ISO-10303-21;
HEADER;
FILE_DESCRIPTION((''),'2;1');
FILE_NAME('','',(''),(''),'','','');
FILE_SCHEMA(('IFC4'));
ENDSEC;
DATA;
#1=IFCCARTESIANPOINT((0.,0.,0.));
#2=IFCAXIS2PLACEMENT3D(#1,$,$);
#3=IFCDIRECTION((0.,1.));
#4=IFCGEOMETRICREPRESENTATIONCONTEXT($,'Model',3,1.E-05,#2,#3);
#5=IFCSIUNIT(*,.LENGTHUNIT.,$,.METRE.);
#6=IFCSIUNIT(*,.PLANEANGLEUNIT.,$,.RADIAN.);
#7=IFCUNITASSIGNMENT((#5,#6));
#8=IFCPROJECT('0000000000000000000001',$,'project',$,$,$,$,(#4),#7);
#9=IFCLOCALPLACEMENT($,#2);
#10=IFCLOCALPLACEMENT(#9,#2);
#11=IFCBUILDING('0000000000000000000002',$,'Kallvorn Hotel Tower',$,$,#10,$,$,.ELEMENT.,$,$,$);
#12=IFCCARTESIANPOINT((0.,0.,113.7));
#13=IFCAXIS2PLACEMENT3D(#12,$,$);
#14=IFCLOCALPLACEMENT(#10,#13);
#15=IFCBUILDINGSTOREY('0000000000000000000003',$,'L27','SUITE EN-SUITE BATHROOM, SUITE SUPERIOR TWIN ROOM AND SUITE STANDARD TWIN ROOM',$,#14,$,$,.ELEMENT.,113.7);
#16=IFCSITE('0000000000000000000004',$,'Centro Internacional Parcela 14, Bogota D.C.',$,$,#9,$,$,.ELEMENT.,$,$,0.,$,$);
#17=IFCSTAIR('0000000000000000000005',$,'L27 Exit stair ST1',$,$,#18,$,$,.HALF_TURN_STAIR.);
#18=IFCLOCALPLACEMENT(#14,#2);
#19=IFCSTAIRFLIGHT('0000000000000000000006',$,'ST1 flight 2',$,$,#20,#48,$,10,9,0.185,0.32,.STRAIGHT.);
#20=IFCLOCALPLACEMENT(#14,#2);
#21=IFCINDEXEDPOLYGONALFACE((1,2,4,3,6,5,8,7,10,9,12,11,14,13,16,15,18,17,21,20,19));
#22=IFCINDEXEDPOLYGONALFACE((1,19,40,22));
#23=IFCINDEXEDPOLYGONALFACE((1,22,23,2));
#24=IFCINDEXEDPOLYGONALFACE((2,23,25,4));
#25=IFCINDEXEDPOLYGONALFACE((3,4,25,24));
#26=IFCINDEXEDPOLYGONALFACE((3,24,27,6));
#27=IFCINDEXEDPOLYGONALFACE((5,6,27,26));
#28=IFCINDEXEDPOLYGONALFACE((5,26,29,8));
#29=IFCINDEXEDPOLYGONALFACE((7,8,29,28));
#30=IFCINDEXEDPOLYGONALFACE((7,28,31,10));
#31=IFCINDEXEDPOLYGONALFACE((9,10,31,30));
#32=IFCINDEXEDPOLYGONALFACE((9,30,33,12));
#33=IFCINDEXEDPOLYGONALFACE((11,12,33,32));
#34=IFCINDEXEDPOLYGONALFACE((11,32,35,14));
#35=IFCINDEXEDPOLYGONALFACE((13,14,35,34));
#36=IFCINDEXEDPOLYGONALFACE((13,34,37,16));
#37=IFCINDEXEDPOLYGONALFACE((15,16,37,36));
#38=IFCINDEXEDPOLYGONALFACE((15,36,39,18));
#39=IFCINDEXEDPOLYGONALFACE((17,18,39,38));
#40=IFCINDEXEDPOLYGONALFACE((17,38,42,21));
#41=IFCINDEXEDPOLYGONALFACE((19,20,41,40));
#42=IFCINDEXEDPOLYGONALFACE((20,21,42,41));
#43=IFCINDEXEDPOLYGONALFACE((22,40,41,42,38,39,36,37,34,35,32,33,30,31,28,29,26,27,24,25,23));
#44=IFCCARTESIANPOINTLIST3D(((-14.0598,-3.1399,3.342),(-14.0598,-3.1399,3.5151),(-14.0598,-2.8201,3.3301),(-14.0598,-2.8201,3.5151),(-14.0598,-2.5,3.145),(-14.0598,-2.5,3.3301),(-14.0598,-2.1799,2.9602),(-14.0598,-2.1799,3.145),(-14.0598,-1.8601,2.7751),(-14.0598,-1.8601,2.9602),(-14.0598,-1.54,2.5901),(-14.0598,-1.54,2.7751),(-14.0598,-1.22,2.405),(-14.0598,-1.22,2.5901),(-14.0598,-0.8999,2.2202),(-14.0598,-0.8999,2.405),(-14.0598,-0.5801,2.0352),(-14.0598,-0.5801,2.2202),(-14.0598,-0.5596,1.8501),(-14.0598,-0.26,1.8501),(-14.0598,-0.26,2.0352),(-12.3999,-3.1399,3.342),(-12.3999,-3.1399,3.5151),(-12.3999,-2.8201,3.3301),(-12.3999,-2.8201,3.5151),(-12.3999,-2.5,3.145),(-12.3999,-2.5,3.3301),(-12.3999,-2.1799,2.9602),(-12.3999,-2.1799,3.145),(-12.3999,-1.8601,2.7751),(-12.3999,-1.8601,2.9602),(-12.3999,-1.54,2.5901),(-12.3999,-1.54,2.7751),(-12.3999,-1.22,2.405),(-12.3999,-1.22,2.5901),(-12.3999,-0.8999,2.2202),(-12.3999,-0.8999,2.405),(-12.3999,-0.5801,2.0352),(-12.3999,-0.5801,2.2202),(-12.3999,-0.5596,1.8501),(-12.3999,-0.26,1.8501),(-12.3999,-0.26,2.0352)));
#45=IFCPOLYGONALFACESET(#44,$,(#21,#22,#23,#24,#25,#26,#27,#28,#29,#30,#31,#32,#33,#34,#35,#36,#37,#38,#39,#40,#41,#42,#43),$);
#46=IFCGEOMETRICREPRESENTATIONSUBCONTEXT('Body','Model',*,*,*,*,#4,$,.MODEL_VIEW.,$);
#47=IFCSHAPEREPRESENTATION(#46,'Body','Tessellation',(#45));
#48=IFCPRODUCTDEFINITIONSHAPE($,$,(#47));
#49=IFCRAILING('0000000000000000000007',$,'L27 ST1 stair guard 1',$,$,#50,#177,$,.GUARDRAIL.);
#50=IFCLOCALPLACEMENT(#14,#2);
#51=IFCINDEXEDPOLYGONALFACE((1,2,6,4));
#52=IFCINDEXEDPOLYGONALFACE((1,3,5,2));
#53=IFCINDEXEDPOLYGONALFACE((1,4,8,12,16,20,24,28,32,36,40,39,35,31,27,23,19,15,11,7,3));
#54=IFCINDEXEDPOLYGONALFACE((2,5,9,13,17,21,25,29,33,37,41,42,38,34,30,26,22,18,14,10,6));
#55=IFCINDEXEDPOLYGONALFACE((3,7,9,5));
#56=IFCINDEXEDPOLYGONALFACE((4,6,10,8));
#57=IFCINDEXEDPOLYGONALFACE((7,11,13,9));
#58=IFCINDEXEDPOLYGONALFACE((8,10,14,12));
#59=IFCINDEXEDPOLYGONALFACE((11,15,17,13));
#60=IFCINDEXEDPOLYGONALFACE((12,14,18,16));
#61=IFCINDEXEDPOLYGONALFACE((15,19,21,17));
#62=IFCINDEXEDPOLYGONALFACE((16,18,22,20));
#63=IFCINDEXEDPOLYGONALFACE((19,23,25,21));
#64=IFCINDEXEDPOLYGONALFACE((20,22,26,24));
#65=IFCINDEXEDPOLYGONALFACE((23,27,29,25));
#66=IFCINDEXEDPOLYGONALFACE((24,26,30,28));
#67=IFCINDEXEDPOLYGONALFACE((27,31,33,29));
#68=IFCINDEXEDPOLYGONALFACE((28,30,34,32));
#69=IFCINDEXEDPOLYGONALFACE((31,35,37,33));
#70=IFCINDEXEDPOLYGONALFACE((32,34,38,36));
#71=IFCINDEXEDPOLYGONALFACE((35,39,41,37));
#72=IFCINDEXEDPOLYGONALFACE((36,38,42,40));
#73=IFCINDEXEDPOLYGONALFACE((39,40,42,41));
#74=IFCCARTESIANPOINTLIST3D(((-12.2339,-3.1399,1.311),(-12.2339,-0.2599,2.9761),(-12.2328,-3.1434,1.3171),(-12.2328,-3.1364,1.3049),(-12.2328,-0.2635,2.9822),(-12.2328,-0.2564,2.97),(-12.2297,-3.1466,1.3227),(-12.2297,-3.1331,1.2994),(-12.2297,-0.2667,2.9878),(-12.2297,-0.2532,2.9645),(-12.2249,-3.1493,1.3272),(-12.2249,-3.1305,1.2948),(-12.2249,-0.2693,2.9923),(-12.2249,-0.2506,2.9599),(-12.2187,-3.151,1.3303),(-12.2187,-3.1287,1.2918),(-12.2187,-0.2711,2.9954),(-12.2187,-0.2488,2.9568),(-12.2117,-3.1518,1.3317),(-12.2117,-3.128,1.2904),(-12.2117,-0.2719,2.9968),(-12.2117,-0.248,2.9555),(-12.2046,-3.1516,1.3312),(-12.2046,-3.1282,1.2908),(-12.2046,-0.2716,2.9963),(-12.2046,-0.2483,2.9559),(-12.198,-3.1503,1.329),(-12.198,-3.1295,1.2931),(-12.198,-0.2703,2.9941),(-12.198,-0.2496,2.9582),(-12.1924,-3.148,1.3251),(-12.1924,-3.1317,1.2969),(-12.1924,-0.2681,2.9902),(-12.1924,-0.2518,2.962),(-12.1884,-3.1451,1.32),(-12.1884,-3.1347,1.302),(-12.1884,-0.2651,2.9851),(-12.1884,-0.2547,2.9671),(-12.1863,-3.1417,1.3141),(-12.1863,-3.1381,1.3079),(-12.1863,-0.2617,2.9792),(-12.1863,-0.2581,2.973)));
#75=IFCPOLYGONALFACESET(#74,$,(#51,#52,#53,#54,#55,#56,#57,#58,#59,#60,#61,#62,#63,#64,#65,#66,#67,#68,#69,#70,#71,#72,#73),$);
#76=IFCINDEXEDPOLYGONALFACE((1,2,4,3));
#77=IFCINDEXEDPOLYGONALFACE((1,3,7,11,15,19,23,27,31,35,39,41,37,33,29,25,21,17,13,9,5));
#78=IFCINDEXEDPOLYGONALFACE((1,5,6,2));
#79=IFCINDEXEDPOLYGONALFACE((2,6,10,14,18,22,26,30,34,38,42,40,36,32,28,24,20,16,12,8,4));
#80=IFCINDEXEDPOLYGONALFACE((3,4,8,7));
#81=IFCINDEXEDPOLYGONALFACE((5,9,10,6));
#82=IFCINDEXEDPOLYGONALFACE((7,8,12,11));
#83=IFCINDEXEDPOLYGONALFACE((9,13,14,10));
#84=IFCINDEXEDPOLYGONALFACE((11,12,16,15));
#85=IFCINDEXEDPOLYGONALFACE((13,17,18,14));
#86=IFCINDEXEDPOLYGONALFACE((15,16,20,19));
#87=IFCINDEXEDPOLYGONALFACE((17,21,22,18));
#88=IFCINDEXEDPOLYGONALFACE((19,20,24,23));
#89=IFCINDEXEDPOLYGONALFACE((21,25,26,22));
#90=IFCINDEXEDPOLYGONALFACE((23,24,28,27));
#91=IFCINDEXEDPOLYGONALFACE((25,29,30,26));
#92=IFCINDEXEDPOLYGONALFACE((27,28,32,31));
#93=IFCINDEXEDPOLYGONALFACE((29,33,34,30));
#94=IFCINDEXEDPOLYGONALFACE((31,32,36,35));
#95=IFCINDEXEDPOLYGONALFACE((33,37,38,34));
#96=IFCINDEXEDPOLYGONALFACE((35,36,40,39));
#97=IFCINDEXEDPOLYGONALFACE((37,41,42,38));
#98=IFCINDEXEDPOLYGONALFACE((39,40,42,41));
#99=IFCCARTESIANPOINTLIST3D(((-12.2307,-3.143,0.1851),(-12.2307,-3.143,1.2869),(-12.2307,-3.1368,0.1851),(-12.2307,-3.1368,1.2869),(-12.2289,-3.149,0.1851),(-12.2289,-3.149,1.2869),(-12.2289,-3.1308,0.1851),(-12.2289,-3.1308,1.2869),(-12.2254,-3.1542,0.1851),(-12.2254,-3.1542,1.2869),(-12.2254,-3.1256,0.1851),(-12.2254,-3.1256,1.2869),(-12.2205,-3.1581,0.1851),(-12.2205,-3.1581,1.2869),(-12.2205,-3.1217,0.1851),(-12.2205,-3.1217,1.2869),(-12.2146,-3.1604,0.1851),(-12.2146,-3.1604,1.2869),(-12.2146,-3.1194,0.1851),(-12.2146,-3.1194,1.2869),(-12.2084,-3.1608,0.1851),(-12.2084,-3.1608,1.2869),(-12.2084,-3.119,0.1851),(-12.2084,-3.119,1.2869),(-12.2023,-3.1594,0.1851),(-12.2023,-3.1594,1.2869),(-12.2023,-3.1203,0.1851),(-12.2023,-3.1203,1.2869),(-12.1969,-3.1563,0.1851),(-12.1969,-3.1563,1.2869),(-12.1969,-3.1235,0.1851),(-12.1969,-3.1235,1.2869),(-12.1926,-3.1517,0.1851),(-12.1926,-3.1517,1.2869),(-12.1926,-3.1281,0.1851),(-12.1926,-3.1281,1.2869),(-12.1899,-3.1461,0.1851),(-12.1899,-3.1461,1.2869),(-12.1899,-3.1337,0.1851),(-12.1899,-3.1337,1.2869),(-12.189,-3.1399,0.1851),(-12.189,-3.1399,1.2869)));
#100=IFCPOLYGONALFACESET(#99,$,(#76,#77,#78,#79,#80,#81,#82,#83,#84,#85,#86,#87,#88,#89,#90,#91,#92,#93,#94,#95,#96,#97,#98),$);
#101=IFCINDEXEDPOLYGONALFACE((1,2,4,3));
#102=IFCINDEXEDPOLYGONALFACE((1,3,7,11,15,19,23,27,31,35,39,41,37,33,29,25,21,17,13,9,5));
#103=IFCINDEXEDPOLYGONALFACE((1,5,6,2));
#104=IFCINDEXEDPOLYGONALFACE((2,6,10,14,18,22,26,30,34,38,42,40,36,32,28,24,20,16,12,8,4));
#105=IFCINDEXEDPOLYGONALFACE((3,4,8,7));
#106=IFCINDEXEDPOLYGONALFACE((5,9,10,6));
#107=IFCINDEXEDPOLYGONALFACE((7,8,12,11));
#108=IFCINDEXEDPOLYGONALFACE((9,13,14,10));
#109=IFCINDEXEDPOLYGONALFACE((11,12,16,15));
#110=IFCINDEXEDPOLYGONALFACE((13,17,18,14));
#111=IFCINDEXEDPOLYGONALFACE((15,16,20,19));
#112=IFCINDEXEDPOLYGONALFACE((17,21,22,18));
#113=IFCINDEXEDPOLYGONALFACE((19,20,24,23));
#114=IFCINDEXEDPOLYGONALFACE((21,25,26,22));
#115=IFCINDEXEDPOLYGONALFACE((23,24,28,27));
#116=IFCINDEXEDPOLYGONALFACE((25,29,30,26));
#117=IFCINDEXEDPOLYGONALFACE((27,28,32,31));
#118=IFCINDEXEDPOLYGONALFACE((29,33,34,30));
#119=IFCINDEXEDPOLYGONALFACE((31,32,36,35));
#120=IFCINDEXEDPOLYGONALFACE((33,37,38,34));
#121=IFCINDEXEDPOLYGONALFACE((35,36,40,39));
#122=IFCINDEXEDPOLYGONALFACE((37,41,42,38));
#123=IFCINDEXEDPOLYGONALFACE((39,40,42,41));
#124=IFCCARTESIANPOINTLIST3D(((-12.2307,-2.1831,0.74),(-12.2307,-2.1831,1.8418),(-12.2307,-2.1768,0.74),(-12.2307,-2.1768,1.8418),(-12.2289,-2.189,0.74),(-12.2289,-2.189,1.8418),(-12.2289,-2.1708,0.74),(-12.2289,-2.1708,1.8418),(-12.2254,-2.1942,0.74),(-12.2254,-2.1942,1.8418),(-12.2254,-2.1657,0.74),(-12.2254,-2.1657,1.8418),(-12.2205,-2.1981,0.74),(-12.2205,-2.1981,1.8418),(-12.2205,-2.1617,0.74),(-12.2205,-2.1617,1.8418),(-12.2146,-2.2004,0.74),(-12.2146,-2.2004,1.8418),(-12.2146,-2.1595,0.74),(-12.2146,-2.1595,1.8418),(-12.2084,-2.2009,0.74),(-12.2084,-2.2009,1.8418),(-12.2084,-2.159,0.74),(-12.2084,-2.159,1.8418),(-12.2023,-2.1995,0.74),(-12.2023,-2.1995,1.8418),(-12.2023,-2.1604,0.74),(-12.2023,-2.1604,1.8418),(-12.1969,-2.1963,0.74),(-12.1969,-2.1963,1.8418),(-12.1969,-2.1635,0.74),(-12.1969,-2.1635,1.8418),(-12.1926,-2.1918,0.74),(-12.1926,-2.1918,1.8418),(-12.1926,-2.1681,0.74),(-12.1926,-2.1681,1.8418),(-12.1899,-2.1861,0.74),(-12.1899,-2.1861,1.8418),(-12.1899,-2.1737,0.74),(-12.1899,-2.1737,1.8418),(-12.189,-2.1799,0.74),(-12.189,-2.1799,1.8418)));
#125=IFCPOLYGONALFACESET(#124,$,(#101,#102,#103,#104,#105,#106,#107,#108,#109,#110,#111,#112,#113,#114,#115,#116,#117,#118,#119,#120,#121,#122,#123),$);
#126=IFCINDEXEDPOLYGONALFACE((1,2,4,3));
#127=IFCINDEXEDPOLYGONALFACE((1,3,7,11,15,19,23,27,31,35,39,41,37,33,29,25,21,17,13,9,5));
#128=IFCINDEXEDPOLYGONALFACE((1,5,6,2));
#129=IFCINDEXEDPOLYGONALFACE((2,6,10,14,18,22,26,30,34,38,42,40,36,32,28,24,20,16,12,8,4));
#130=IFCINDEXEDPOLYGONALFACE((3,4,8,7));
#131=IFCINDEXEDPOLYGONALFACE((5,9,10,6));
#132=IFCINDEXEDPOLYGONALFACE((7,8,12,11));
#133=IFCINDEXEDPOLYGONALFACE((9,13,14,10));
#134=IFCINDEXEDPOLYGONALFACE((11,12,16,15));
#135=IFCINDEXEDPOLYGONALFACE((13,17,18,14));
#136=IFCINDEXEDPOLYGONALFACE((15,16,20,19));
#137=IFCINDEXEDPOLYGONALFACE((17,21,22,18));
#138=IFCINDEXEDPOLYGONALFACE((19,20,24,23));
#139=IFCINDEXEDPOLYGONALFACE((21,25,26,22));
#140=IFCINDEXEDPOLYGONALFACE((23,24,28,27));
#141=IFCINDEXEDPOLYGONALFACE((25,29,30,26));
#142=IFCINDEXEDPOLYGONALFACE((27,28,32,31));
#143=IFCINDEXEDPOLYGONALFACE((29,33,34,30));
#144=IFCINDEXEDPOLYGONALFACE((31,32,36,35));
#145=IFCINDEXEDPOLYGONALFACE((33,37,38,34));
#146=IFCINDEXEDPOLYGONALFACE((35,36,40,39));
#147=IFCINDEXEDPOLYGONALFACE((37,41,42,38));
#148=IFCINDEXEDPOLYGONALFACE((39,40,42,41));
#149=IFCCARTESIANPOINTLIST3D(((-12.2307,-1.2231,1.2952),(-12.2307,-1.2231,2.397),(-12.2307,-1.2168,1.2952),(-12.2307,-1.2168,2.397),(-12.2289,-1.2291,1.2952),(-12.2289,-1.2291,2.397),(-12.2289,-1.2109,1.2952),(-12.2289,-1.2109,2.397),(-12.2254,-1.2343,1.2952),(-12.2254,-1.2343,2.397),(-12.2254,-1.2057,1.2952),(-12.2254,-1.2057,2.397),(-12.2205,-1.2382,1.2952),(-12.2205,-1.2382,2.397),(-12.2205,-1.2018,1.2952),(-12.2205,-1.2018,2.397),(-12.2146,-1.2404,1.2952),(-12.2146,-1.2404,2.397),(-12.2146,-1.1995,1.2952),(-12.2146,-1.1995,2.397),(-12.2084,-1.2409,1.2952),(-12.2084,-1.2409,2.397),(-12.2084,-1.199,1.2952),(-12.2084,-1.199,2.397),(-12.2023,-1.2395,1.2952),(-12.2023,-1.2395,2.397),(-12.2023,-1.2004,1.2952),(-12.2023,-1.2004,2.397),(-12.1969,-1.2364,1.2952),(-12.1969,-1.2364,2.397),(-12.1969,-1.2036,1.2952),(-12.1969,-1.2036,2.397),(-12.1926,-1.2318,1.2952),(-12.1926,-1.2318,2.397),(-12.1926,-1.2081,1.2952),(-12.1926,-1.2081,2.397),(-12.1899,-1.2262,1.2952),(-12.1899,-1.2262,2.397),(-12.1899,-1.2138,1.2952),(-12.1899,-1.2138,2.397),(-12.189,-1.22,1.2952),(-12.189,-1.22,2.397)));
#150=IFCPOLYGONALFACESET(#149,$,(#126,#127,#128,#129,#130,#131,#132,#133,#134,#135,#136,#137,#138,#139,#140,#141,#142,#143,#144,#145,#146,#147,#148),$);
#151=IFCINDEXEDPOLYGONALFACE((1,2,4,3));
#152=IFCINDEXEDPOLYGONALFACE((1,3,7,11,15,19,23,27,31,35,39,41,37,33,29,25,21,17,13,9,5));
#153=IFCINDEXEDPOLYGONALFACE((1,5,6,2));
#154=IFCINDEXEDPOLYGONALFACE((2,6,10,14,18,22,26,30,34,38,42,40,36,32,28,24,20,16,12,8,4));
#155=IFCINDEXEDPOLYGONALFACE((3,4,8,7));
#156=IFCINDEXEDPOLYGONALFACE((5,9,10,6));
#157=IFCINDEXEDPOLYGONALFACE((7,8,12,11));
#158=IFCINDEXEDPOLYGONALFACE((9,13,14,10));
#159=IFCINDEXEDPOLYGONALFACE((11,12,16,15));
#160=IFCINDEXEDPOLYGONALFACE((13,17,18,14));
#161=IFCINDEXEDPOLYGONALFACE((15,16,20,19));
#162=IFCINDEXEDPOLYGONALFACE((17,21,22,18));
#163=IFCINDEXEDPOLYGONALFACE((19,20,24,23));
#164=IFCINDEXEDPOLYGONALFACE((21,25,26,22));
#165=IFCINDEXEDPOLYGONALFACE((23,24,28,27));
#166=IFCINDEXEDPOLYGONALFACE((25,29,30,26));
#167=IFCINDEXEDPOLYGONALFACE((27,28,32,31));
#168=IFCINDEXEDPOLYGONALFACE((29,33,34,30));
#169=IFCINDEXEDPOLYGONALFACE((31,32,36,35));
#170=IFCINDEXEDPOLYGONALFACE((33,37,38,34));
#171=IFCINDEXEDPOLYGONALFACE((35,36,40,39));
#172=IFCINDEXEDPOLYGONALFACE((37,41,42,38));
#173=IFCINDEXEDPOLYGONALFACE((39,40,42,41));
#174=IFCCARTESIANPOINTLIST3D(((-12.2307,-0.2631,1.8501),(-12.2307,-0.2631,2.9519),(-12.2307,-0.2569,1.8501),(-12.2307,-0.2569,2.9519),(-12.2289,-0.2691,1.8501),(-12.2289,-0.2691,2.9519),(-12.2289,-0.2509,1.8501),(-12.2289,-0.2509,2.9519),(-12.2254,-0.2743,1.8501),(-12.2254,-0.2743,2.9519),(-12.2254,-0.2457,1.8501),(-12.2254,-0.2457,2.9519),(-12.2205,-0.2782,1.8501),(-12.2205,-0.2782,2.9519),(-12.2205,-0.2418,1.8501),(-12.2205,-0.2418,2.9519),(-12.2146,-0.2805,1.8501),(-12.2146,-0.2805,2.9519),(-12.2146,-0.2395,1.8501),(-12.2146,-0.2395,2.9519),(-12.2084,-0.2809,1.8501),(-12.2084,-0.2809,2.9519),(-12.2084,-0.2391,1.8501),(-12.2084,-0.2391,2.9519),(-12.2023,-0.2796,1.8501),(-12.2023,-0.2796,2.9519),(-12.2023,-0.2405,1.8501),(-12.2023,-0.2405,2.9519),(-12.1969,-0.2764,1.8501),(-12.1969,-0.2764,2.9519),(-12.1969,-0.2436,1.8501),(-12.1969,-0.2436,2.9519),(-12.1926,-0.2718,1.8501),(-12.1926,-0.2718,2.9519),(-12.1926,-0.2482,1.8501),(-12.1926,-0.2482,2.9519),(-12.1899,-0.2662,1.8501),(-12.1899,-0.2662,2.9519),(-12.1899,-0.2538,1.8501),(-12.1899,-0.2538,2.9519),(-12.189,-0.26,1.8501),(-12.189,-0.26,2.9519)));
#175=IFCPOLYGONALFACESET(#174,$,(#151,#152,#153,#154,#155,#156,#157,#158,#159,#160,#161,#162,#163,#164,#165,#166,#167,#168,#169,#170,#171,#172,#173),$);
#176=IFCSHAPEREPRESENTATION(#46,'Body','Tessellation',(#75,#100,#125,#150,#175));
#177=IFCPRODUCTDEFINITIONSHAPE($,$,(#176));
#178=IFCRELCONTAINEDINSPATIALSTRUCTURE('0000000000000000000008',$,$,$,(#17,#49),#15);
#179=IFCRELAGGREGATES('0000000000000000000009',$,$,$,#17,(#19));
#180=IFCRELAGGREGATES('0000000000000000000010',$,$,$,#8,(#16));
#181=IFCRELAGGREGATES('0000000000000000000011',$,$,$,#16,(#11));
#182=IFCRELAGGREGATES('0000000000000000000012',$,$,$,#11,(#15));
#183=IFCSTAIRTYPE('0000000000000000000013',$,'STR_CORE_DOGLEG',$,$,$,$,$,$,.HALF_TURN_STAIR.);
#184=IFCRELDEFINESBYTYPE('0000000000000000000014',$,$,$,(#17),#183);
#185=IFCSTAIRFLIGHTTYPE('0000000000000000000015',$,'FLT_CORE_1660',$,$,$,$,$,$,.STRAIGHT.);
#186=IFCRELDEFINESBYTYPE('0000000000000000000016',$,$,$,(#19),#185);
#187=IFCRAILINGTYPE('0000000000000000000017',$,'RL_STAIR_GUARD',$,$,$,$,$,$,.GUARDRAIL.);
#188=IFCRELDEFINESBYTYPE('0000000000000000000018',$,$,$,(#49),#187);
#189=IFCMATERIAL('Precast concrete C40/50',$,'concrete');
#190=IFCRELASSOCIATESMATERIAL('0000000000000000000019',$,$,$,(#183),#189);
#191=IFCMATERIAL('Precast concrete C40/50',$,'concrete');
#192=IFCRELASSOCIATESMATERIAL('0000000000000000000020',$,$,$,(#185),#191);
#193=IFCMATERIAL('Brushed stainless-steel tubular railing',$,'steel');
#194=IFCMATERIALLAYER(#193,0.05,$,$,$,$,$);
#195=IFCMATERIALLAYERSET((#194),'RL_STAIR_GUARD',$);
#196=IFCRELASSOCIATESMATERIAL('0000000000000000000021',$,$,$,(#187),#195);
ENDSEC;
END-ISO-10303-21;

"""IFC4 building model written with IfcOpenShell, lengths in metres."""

from ifc_helpers import new_model, si_unit, direction, frame, origin, origin_2d, place, context, subcontext, project, spatial, polyline, circle, outline, extrude, material, layer, layer_set, type_object, element, aggregate, save


model = new_model("IFC4")

# Units and contexts
model_context = context("Model", 3, precision=1e-05, world=origin(), true_north=direction((0.0, 1.0)))
body_context = subcontext(model_context, "Body", "Model", "MODEL_VIEW")
ifc_project = project(units=[si_unit("LENGTHUNIT", "METRE"), si_unit("PLANEANGLEUNIT", "RADIAN")], contexts=[model_context])

# Site, building, storey
site_placement = place(None, origin())
site = spatial("IfcSite", under=ifc_project, at=site_placement, Name="Centro Internacional Parcela 14, Bogota D.C.", CompositionType="ELEMENT", RefElevation=0.0)
building_placement = place(site_placement, origin())
building = spatial("IfcBuilding", under=site, at=building_placement, Name="Kallvorn Hotel Tower", CompositionType="ELEMENT")
storey_placement = place(building_placement, frame((0.0, 0.0, 113.7)))
storey = spatial("IfcBuildingStorey", under=building, at=storey_placement, Name="L27", Description="SUITE EN-SUITE BATHROOM, SUITE SUPERIOR TWIN ROOM AND SUITE STANDARD TWIN ROOM", CompositionType="ELEMENT", Elevation=113.7)

# Stair, stair flight
ifc_material_1 = material(Name="Precast concrete C40/50", Category="concrete")
stair_type = type_object("IfcStairType", Name="STR_CORE_DOGLEG", PredefinedType="HALF_TURN_STAIR", material=ifc_material_1)
stair_placement = place(storey_placement, origin())
stair = element("IfcStair", 1, at=stair_placement, inside=storey, type_object=stair_type, Name="L27 Exit stair ST1", PredefinedType="HALF_TURN_STAIR")
ifc_material_2 = material(Name="Precast concrete C40/50", Category="concrete")
stair_flight_type = type_object("IfcStairFlightType", Name="FLT_CORE_1660", PredefinedType="STRAIGHT", material=ifc_material_2)
stair_flight_1_placement = place(storey_placement, frame((-13.23, -0.26, 1.8501), z_axis=(0.0, 0.0, 1.0), x_axis=(0.0, -1.0, 0.0)))
stair_flight_1 = element("IfcStairFlight", 2, at=stair_flight_1_placement, type_object=stair_flight_type, Name="ST1 flight 2", NumberOfRisers=10, NumberOfTreads=9, PredefinedType="STRAIGHT", RiserHeight=0.185, TreadLength=0.32, context=body_context, shape_type="SweptSolid", body=[
    extrude(outline(polyline([(0.0, 0.0), (0.0, 0.1851), (0.3201, 0.1851), (0.3201, 0.3701), (0.6399, 0.3701), (0.6399, 0.5549), (0.96, 0.5549), (0.96, 0.74), (1.28, 0.74), (1.28, 0.925), (1.6001, 0.925), (1.6001, 1.1101), (1.9199, 1.1101), (1.9199, 1.2949), (2.24, 1.2949), (2.24, 1.48), (2.5601, 1.48), (2.5601, 1.665), (2.8799, 1.665), (2.8799, 1.8501), (2.8799, 1.4919), (0.2996, 0.0), (0.0, 0.0)])), frame((0.0, 0.8301, 0.0), z_axis=(0.0, -1.0, 0.0), x_axis=(1.0, 0.0, 0.0)), (0.0, 0.0, 1.0), 1.6599),
])
aggregate(stair, [stair_flight_1])

# Railing
ifc_material_3 = material(Name="Brushed stainless-steel tubular railing", Category="steel")
ifc_layer_1 = layer(ifc_material_3, 0.05)
ifc_layer_set_1 = layer_set([ifc_layer_1], Name="RL_STAIR_GUARD")
railing_type_1 = type_object("IfcRailingType", Name="RL_STAIR_GUARD", PredefinedType="GUARDRAIL", material=ifc_layer_set_1)
railing_1_placement = place(storey_placement, frame((-12.21, -3.1399, 0.1851)))
element("IfcRailing", 3, at=railing_1_placement, inside=storey, type_object=railing_type_1, Name="L27 ST1 stair guard 1", PredefinedType="GUARDRAIL", context=body_context, shape_type="SweptSolid", body=[
    extrude(circle(Radius=0.0239, at=origin_2d()), frame((0.0, 0.0, 1.126), z_axis=(0.0, 0.865721, 0.500527), x_axis=(-1.0, 0.0, 0.0)), (0.0, 0.0, 1.0), 3.3267),
    extrude(circle(Radius=0.021, at=origin_2d()), origin(), (0.0, 0.0, 1.0), 1.1018),
    extrude(circle(Radius=0.021, at=origin_2d()), frame((0.0, 0.96, 0.5549)), (0.0, 0.0, 1.0), 1.1018),
    extrude(circle(Radius=0.021, at=origin_2d()), frame((0.0, 1.9199, 1.1101)), (0.0, 0.0, 1.0), 1.1018),
    extrude(circle(Radius=0.021, at=origin_2d()), frame((0.0, 2.8799, 1.665)), (0.0, 0.0, 1.0), 1.1018),
])

save(model, "model.ifc")
